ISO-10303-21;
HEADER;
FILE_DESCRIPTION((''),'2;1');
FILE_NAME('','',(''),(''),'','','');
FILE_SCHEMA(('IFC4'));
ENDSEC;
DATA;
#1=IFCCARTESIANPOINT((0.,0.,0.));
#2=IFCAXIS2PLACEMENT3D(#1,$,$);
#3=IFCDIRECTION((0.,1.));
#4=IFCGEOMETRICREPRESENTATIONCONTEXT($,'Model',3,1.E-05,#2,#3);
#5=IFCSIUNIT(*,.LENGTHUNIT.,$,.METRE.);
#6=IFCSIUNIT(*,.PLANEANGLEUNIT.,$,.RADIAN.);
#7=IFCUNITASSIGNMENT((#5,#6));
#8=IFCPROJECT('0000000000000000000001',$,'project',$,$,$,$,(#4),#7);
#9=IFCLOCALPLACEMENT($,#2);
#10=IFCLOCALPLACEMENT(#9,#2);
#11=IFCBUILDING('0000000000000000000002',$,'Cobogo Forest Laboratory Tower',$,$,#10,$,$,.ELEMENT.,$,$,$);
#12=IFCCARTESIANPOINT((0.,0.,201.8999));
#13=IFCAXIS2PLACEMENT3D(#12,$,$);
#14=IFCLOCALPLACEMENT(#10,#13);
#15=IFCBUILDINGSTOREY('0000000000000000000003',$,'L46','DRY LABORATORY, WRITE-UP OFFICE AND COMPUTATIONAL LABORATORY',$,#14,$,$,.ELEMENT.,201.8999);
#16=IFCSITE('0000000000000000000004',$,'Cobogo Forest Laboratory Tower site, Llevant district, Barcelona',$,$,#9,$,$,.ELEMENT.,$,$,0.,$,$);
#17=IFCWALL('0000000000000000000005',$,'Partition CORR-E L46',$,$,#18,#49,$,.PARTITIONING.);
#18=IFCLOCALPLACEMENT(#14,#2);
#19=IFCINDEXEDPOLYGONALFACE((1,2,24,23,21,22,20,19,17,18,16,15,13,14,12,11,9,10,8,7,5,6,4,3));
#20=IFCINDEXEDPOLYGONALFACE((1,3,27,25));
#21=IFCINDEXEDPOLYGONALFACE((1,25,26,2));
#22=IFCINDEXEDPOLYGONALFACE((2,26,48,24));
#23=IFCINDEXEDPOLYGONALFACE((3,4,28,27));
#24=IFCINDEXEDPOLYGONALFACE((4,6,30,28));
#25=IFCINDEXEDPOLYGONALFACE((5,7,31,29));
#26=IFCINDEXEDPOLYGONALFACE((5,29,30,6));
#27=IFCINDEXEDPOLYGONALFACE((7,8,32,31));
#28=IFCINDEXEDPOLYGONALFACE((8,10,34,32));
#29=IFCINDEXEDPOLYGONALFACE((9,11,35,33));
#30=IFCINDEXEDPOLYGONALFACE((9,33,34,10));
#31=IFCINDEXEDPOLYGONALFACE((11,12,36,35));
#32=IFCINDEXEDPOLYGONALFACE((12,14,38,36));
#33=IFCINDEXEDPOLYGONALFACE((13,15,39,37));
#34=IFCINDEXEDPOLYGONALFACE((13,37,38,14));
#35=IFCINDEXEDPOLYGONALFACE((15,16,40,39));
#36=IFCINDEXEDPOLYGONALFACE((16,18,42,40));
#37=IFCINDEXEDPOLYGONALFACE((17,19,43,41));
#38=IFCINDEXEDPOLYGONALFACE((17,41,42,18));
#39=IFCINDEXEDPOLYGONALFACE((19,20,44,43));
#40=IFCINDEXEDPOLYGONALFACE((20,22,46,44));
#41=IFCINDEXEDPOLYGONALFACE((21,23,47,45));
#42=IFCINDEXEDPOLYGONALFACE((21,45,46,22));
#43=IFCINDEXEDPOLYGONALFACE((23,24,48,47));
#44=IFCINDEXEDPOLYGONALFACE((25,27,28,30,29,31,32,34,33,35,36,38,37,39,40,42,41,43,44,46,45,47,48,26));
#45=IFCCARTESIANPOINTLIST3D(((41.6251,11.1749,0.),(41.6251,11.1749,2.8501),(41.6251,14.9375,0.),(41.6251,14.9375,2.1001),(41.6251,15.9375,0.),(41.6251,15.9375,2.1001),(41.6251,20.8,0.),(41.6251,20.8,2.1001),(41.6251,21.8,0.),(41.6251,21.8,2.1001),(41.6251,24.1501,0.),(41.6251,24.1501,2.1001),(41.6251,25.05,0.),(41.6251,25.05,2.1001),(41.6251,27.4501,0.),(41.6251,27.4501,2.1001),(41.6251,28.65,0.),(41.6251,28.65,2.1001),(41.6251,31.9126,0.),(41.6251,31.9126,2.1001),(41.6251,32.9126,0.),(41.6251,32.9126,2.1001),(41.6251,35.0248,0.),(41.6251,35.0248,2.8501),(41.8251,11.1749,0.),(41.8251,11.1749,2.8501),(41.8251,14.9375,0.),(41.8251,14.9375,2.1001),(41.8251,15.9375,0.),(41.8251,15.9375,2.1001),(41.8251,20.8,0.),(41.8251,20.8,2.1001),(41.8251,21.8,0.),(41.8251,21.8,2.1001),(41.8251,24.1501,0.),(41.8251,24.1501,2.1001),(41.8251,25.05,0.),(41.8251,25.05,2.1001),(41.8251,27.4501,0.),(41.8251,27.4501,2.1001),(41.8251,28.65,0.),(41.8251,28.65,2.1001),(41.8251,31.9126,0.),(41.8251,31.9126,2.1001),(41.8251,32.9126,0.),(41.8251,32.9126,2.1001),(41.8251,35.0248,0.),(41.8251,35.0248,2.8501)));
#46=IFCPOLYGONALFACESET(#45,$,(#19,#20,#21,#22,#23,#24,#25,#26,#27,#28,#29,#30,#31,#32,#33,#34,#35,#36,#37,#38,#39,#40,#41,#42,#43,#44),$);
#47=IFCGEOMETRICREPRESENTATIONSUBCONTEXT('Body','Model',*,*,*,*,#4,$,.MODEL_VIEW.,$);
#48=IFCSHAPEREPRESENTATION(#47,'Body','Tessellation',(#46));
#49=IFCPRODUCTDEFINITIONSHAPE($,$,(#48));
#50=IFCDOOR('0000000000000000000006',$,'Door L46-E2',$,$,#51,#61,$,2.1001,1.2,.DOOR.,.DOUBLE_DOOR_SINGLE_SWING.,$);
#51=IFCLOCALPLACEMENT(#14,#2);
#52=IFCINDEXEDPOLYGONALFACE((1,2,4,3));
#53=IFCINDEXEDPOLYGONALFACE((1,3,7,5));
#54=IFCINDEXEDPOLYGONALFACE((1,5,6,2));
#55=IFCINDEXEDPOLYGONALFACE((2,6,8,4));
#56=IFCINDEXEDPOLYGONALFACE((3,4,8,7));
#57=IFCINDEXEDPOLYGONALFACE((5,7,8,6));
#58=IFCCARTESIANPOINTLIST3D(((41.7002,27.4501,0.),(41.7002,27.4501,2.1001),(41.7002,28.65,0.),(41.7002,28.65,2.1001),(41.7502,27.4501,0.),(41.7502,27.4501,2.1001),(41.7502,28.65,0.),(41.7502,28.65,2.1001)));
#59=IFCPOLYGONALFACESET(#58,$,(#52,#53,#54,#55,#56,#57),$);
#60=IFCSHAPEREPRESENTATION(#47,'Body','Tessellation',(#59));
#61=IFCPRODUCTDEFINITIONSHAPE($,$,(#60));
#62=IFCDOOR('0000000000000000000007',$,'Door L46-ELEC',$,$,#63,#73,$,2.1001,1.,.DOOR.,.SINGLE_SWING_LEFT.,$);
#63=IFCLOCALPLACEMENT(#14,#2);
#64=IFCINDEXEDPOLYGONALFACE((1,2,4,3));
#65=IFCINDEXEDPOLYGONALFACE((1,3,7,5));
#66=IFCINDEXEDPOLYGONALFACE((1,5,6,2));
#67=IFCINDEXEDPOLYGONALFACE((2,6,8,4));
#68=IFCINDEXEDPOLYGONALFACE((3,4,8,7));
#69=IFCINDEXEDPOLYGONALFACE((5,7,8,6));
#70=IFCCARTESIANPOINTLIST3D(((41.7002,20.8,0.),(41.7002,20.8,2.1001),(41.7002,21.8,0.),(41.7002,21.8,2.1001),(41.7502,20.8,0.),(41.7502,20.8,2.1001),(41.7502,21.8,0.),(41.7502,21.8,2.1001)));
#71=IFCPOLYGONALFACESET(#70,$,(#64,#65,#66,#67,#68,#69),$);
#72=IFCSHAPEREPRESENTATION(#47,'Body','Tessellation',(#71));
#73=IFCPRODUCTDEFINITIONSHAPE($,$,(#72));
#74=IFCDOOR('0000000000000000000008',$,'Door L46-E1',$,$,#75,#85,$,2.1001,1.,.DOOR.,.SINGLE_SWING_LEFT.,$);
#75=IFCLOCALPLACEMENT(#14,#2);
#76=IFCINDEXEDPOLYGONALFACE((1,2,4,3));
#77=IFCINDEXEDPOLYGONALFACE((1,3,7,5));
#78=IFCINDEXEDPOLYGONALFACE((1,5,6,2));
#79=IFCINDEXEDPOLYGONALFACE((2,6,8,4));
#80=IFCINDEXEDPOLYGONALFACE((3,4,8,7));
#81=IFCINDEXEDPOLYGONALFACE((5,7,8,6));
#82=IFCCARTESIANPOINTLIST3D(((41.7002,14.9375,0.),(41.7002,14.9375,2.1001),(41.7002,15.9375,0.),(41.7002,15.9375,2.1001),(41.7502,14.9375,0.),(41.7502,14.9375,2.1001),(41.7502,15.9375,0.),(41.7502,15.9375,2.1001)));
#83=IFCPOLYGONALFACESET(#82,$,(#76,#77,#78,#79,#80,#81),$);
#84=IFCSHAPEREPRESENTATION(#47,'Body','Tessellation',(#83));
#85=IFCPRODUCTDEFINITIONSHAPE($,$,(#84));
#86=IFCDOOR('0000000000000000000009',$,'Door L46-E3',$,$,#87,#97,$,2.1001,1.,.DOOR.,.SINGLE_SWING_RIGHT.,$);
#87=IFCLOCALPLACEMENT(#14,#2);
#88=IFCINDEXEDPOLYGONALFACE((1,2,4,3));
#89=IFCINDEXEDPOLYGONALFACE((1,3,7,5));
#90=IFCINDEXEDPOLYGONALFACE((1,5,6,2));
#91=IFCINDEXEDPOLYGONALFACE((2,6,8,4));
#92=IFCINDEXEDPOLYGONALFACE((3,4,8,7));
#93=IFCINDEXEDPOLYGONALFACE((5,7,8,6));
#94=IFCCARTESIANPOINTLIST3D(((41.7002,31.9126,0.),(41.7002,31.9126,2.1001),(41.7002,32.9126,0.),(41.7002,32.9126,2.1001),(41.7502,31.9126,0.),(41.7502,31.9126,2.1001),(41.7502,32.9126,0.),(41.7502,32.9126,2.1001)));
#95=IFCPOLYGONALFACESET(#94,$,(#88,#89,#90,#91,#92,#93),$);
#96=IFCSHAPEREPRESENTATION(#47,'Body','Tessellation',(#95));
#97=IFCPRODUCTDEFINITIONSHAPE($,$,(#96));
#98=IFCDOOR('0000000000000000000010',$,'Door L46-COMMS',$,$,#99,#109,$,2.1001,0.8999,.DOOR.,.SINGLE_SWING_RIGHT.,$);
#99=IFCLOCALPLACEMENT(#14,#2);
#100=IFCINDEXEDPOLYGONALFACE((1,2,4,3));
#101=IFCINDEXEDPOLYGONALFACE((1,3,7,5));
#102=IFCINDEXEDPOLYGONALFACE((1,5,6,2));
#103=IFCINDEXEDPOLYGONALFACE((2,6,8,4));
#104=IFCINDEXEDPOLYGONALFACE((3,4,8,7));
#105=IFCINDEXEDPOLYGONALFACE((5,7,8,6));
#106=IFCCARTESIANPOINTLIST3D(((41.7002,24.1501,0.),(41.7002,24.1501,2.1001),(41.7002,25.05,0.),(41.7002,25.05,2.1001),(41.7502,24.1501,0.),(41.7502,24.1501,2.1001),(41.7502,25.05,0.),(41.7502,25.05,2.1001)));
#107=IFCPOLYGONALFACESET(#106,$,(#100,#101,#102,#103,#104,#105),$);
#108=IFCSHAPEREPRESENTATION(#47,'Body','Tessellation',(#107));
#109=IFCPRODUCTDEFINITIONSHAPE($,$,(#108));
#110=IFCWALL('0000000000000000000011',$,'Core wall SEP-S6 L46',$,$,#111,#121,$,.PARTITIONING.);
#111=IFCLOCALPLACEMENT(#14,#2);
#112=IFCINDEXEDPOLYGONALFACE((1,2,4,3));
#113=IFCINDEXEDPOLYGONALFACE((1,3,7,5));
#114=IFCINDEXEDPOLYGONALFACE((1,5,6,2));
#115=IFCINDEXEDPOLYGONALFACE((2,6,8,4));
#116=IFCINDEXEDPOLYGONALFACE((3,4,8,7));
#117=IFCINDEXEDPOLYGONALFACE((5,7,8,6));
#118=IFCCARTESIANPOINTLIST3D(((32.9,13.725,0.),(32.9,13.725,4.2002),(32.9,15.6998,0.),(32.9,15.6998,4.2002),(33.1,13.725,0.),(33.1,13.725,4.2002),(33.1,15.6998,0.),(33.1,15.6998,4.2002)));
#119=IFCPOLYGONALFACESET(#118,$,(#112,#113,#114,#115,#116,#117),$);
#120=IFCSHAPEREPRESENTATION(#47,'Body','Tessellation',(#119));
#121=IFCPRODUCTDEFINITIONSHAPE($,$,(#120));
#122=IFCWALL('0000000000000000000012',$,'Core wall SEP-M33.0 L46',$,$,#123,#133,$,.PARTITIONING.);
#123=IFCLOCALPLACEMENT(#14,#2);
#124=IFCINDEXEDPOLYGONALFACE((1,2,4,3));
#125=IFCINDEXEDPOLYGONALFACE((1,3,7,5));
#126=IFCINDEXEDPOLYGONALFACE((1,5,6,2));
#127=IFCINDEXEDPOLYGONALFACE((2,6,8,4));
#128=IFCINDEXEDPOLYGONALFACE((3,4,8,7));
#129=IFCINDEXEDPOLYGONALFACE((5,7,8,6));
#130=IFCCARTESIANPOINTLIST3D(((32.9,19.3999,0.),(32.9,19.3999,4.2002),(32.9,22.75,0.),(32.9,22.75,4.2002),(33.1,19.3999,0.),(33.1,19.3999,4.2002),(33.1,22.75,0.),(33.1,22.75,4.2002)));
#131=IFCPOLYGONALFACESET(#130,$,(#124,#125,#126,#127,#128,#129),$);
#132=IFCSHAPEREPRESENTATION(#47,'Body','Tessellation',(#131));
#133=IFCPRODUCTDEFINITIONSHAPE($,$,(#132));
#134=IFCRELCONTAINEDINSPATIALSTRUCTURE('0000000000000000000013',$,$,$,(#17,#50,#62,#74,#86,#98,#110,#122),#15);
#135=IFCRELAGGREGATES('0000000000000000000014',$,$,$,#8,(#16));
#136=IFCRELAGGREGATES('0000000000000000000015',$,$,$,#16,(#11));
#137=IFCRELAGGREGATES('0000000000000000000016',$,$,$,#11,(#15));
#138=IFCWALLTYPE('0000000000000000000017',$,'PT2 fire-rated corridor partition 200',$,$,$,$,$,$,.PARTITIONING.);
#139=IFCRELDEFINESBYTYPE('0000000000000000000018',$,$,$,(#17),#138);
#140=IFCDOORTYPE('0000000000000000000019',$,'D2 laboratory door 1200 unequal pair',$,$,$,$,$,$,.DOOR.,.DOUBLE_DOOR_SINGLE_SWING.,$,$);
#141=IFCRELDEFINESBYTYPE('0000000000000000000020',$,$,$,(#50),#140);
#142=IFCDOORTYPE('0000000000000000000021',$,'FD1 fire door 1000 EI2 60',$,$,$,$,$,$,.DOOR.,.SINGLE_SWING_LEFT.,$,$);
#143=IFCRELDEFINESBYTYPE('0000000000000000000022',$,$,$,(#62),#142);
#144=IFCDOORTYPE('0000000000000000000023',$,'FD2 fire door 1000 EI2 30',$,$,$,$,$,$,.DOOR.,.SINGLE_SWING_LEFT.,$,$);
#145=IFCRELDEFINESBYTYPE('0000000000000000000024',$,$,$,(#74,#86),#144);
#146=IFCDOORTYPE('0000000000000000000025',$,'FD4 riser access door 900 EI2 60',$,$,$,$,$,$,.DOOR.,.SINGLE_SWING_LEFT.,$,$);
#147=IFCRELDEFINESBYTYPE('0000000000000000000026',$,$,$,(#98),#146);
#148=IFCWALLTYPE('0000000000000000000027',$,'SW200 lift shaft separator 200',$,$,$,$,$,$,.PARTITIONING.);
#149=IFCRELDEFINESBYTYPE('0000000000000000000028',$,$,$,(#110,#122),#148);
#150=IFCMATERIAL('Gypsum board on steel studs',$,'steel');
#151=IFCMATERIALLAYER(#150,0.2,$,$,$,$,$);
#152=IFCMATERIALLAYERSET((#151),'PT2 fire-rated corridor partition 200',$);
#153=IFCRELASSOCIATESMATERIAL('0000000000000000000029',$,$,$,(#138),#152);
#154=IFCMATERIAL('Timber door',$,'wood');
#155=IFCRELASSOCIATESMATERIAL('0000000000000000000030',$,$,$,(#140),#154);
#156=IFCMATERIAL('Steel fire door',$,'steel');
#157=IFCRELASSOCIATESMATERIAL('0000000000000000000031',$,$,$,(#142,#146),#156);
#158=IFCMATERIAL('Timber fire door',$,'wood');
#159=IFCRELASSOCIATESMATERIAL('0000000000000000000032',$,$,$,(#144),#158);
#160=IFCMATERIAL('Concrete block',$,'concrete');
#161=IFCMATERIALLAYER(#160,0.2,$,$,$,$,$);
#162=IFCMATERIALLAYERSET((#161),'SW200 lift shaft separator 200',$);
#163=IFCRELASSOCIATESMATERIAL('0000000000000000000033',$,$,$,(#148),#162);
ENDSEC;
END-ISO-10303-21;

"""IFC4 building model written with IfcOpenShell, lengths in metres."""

from ifc_helpers import new_model, si_unit, direction, frame, frame_2d, origin, place, context, subcontext, project, spatial, rectangle, extrude, material, layer, layer_set, type_object, element, fill, save


model = new_model("IFC4")

# Units and contexts
model_context = context("Model", 3, precision=1e-05, world=origin(), true_north=direction((0.0, 1.0)))
body_context = subcontext(model_context, "Body", "Model", "MODEL_VIEW")
ifc_project = project(units=[si_unit("LENGTHUNIT", "METRE"), si_unit("PLANEANGLEUNIT", "RADIAN")], contexts=[model_context])

# Site, building, storey
site_placement = place(None, origin())
site = spatial("IfcSite", under=ifc_project, at=site_placement, Name="Cobogo Forest Laboratory Tower site, Llevant district, Barcelona", CompositionType="ELEMENT", RefElevation=0.0)
building_placement = place(site_placement, origin())
building = spatial("IfcBuilding", under=site, at=building_placement, Name="Cobogo Forest Laboratory Tower", CompositionType="ELEMENT")
storey_placement = place(building_placement, frame((0.0, 0.0, 201.8999)))
storey = spatial("IfcBuildingStorey", under=building, at=storey_placement, Name="L46", Description="DRY LABORATORY, WRITE-UP OFFICE AND COMPUTATIONAL LABORATORY", CompositionType="ELEMENT", Elevation=201.8999)

# Shared definitions
ifc_material_1 = material(Name="Steel fire door", Category="steel")

# Shared definitions
ifc_material_2 = material(Name="Gypsum board on steel studs", Category="steel")

# Wall, openings, doors
ifc_layer_1 = layer(ifc_material_2, 0.2)
ifc_layer_set_1 = layer_set([ifc_layer_1], Name="PT2 fire-rated corridor partition 200")
wall_type_1 = type_object("IfcWallType", Name="PT2 fire-rated corridor partition 200", PredefinedType="PARTITIONING", material=ifc_layer_set_1)
wall_1_placement = place(storey_placement, frame((41.7251, 11.175, 0.0), z_axis=(0.0, 0.0, 1.0), x_axis=(0.0, 1.0, 0.0)))
wall_1 = element("IfcWall", 1, at=wall_1_placement, inside=storey, type_object=wall_type_1, Name="Partition CORR-E L46", PredefinedType="PARTITIONING", context=body_context, shape_type="SweptSolid", body=[
    extrude(rectangle(XDim=23.8499, YDim=0.2, at=frame_2d((11.9248, 0.0))), origin(), (0.0, 0.0, 1.0), 2.8501),
])
opening_1_placement = place(wall_1_placement, frame((3.7625, 0.0, 0.0)))
opening_1 = element("IfcOpeningElement", 2, at=opening_1_placement, cuts=wall_1, PredefinedType="OPENING", context=body_context, shape_type="SweptSolid", body=[
    extrude(rectangle(XDim=1.0, YDim=2.1001, at=frame_2d((0.5, 1.05))), frame((0.0, 0.1099, 0.0), z_axis=(0.0, -1.0, 0.0), x_axis=(1.0, 0.0, 0.0)), (0.0, 0.0, 1.0), 0.22),
])
opening_2_placement = place(wall_1_placement, frame((9.625, 0.0, 0.0)))
opening_2 = element("IfcOpeningElement", 3, at=opening_2_placement, cuts=wall_1, PredefinedType="OPENING", context=body_context, shape_type="SweptSolid", body=[
    extrude(rectangle(XDim=1.0, YDim=2.1001, at=frame_2d((0.5, 1.05))), frame((0.0, 0.1099, 0.0), z_axis=(0.0, -1.0, 0.0), x_axis=(1.0, 0.0, 0.0)), (0.0, 0.0, 1.0), 0.22),
])
opening_3_placement = place(wall_1_placement, frame((12.9751, 0.0, 0.0)))
opening_3 = element("IfcOpeningElement", 4, at=opening_3_placement, cuts=wall_1, PredefinedType="OPENING", context=body_context, shape_type="SweptSolid", body=[
    extrude(rectangle(XDim=0.8999, YDim=2.1001, at=frame_2d((0.45, 1.05))), frame((0.0, 0.1099, 0.0), z_axis=(0.0, -1.0, 0.0), x_axis=(1.0, 0.0, 0.0)), (0.0, 0.0, 1.0), 0.22),
])
opening_4_placement = place(wall_1_placement, frame((16.2749, 0.0, 0.0)))
opening_4 = element("IfcOpeningElement", 5, at=opening_4_placement, cuts=wall_1, PredefinedType="OPENING", context=body_context, shape_type="SweptSolid", body=[
    extrude(rectangle(XDim=1.2, YDim=2.1001, at=frame_2d((0.6001, 1.05))), frame((0.0, 0.1099, 0.0), z_axis=(0.0, -1.0, 0.0), x_axis=(1.0, 0.0, 0.0)), (0.0, 0.0, 1.0), 0.22),
])
opening_5_placement = place(wall_1_placement, frame((20.7375, 0.0, 0.0)))
opening_5 = element("IfcOpeningElement", 6, at=opening_5_placement, cuts=wall_1, PredefinedType="OPENING", context=body_context, shape_type="SweptSolid", body=[
    extrude(rectangle(XDim=1.0, YDim=2.1001, at=frame_2d((0.5, 1.05))), frame((0.0, 0.1099, 0.0), z_axis=(0.0, -1.0, 0.0), x_axis=(1.0, 0.0, 0.0)), (0.0, 0.0, 1.0), 0.22),
])
ifc_material_3 = material(Name="Timber door", Category="wood")
door_type_1 = type_object("IfcDoorType", Name="D2 laboratory door 1200 unequal pair", OperationType="DOUBLE_DOOR_SINGLE_SWING", PredefinedType="DOOR", material=ifc_material_3)
door_1_placement = place(opening_4_placement, origin())
door_1 = element("IfcDoor", 7, at=door_1_placement, inside=storey, type_object=door_type_1, Name="Door L46-E2", OperationType="DOUBLE_DOOR_SINGLE_SWING", OverallHeight=2.1001, OverallWidth=1.2, PredefinedType="DOOR", context=body_context, shape_type="SweptSolid", body=[
    extrude(rectangle(XDim=1.2, YDim=2.1001, at=frame_2d((0.6001, 1.05))), frame((0.0, 0.0249, 0.0), z_axis=(0.0, -1.0, 0.0), x_axis=(1.0, 0.0, 0.0)), (0.0, 0.0, 1.0), 0.05),
])
fill(opening_4, door_1)
door_type_2 = type_object("IfcDoorType", Name="FD1 fire door 1000 EI2 60", OperationType="SINGLE_SWING_LEFT", PredefinedType="DOOR", material=ifc_material_1)
door_2_placement = place(opening_2_placement, origin())
door_2 = element("IfcDoor", 8, at=door_2_placement, inside=storey, type_object=door_type_2, Name="Door L46-ELEC", OperationType="SINGLE_SWING_LEFT", OverallHeight=2.1001, OverallWidth=1.0, PredefinedType="DOOR", context=body_context, shape_type="SweptSolid", body=[
    extrude(rectangle(XDim=1.0, YDim=2.1001, at=frame_2d((0.5, 1.05))), frame((0.0, 0.0249, 0.0), z_axis=(0.0, -1.0, 0.0), x_axis=(1.0, 0.0, 0.0)), (0.0, 0.0, 1.0), 0.05),
])
fill(opening_2, door_2)
ifc_material_4 = material(Name="Timber fire door", Category="wood")
door_type_3 = type_object("IfcDoorType", Name="FD2 fire door 1000 EI2 30", OperationType="SINGLE_SWING_LEFT", PredefinedType="DOOR", material=ifc_material_4)
door_3_placement = place(opening_1_placement, origin())
door_3 = element("IfcDoor", 9, at=door_3_placement, inside=storey, type_object=door_type_3, Name="Door L46-E1", OperationType="SINGLE_SWING_LEFT", OverallHeight=2.1001, OverallWidth=1.0, PredefinedType="DOOR", context=body_context, shape_type="SweptSolid", body=[
    extrude(rectangle(XDim=1.0, YDim=2.1001, at=frame_2d((0.5, 1.05))), frame((0.0, 0.0249, 0.0), z_axis=(0.0, -1.0, 0.0), x_axis=(1.0, 0.0, 0.0)), (0.0, 0.0, 1.0), 0.05),
])
fill(opening_1, door_3)
door_4_placement = place(opening_5_placement, origin())
door_4 = element("IfcDoor", 10, at=door_4_placement, inside=storey, type_object=door_type_3, Name="Door L46-E3", OperationType="SINGLE_SWING_RIGHT", OverallHeight=2.1001, OverallWidth=1.0, PredefinedType="DOOR", context=body_context, shape_type="SweptSolid", body=[
    extrude(rectangle(XDim=1.0, YDim=2.1001, at=frame_2d((0.5, 1.05))), frame((0.0, 0.0249, 0.0), z_axis=(0.0, -1.0, 0.0), x_axis=(1.0, 0.0, 0.0)), (0.0, 0.0, 1.0), 0.05),
])
fill(opening_5, door_4)
door_type_4 = type_object("IfcDoorType", Name="FD4 riser access door 900 EI2 60", OperationType="SINGLE_SWING_LEFT", PredefinedType="DOOR", material=ifc_material_1)
door_5_placement = place(opening_3_placement, origin())
door_5 = element("IfcDoor", 11, at=door_5_placement, inside=storey, type_object=door_type_4, Name="Door L46-COMMS", OperationType="SINGLE_SWING_RIGHT", OverallHeight=2.1001, OverallWidth=0.8999, PredefinedType="DOOR", context=body_context, shape_type="SweptSolid", body=[
    extrude(rectangle(XDim=0.8999, YDim=2.1001, at=frame_2d((0.45, 1.05))), frame((0.0, 0.0249, 0.0), z_axis=(0.0, -1.0, 0.0), x_axis=(1.0, 0.0, 0.0)), (0.0, 0.0, 1.0), 0.05),
])
fill(opening_3, door_5)

# Walls
ifc_material_5 = material(Name="Concrete block", Category="concrete")
ifc_layer_2 = layer(ifc_material_5, 0.2)
ifc_layer_set_2 = layer_set([ifc_layer_2], Name="SW200 lift shaft separator 200")
wall_type_2 = type_object("IfcWallType", Name="SW200 lift shaft separator 200", PredefinedType="PARTITIONING", material=ifc_layer_set_2)
wall_2_placement = place(storey_placement, frame((33.0, 13.7251, 0.0), z_axis=(0.0, 0.0, 1.0), x_axis=(0.0, 1.0, 0.0)))
element("IfcWall", 12, at=wall_2_placement, inside=storey, type_object=wall_type_2, Name="Core wall SEP-S6 L46", PredefinedType="PARTITIONING", context=body_context, shape_type="SweptSolid", body=[
    extrude(rectangle(XDim=1.9749, YDim=0.2, at=frame_2d((0.9873, 0.0))), origin(), (0.0, 0.0, 1.0), 4.2002),
])
wall_3_placement = place(storey_placement, frame((33.0, 19.3999, 0.0), z_axis=(0.0, 0.0, 1.0), x_axis=(0.0, 1.0, 0.0)))
element("IfcWall", 13, at=wall_3_placement, inside=storey, type_object=wall_type_2, Name="Core wall SEP-M33.0 L46", PredefinedType="PARTITIONING", context=body_context, shape_type="SweptSolid", body=[
    extrude(rectangle(XDim=3.3501, YDim=0.2, at=frame_2d((1.675, 0.0))), origin(), (0.0, 0.0, 1.0), 4.2002),
])

save(model, "model.ifc")
